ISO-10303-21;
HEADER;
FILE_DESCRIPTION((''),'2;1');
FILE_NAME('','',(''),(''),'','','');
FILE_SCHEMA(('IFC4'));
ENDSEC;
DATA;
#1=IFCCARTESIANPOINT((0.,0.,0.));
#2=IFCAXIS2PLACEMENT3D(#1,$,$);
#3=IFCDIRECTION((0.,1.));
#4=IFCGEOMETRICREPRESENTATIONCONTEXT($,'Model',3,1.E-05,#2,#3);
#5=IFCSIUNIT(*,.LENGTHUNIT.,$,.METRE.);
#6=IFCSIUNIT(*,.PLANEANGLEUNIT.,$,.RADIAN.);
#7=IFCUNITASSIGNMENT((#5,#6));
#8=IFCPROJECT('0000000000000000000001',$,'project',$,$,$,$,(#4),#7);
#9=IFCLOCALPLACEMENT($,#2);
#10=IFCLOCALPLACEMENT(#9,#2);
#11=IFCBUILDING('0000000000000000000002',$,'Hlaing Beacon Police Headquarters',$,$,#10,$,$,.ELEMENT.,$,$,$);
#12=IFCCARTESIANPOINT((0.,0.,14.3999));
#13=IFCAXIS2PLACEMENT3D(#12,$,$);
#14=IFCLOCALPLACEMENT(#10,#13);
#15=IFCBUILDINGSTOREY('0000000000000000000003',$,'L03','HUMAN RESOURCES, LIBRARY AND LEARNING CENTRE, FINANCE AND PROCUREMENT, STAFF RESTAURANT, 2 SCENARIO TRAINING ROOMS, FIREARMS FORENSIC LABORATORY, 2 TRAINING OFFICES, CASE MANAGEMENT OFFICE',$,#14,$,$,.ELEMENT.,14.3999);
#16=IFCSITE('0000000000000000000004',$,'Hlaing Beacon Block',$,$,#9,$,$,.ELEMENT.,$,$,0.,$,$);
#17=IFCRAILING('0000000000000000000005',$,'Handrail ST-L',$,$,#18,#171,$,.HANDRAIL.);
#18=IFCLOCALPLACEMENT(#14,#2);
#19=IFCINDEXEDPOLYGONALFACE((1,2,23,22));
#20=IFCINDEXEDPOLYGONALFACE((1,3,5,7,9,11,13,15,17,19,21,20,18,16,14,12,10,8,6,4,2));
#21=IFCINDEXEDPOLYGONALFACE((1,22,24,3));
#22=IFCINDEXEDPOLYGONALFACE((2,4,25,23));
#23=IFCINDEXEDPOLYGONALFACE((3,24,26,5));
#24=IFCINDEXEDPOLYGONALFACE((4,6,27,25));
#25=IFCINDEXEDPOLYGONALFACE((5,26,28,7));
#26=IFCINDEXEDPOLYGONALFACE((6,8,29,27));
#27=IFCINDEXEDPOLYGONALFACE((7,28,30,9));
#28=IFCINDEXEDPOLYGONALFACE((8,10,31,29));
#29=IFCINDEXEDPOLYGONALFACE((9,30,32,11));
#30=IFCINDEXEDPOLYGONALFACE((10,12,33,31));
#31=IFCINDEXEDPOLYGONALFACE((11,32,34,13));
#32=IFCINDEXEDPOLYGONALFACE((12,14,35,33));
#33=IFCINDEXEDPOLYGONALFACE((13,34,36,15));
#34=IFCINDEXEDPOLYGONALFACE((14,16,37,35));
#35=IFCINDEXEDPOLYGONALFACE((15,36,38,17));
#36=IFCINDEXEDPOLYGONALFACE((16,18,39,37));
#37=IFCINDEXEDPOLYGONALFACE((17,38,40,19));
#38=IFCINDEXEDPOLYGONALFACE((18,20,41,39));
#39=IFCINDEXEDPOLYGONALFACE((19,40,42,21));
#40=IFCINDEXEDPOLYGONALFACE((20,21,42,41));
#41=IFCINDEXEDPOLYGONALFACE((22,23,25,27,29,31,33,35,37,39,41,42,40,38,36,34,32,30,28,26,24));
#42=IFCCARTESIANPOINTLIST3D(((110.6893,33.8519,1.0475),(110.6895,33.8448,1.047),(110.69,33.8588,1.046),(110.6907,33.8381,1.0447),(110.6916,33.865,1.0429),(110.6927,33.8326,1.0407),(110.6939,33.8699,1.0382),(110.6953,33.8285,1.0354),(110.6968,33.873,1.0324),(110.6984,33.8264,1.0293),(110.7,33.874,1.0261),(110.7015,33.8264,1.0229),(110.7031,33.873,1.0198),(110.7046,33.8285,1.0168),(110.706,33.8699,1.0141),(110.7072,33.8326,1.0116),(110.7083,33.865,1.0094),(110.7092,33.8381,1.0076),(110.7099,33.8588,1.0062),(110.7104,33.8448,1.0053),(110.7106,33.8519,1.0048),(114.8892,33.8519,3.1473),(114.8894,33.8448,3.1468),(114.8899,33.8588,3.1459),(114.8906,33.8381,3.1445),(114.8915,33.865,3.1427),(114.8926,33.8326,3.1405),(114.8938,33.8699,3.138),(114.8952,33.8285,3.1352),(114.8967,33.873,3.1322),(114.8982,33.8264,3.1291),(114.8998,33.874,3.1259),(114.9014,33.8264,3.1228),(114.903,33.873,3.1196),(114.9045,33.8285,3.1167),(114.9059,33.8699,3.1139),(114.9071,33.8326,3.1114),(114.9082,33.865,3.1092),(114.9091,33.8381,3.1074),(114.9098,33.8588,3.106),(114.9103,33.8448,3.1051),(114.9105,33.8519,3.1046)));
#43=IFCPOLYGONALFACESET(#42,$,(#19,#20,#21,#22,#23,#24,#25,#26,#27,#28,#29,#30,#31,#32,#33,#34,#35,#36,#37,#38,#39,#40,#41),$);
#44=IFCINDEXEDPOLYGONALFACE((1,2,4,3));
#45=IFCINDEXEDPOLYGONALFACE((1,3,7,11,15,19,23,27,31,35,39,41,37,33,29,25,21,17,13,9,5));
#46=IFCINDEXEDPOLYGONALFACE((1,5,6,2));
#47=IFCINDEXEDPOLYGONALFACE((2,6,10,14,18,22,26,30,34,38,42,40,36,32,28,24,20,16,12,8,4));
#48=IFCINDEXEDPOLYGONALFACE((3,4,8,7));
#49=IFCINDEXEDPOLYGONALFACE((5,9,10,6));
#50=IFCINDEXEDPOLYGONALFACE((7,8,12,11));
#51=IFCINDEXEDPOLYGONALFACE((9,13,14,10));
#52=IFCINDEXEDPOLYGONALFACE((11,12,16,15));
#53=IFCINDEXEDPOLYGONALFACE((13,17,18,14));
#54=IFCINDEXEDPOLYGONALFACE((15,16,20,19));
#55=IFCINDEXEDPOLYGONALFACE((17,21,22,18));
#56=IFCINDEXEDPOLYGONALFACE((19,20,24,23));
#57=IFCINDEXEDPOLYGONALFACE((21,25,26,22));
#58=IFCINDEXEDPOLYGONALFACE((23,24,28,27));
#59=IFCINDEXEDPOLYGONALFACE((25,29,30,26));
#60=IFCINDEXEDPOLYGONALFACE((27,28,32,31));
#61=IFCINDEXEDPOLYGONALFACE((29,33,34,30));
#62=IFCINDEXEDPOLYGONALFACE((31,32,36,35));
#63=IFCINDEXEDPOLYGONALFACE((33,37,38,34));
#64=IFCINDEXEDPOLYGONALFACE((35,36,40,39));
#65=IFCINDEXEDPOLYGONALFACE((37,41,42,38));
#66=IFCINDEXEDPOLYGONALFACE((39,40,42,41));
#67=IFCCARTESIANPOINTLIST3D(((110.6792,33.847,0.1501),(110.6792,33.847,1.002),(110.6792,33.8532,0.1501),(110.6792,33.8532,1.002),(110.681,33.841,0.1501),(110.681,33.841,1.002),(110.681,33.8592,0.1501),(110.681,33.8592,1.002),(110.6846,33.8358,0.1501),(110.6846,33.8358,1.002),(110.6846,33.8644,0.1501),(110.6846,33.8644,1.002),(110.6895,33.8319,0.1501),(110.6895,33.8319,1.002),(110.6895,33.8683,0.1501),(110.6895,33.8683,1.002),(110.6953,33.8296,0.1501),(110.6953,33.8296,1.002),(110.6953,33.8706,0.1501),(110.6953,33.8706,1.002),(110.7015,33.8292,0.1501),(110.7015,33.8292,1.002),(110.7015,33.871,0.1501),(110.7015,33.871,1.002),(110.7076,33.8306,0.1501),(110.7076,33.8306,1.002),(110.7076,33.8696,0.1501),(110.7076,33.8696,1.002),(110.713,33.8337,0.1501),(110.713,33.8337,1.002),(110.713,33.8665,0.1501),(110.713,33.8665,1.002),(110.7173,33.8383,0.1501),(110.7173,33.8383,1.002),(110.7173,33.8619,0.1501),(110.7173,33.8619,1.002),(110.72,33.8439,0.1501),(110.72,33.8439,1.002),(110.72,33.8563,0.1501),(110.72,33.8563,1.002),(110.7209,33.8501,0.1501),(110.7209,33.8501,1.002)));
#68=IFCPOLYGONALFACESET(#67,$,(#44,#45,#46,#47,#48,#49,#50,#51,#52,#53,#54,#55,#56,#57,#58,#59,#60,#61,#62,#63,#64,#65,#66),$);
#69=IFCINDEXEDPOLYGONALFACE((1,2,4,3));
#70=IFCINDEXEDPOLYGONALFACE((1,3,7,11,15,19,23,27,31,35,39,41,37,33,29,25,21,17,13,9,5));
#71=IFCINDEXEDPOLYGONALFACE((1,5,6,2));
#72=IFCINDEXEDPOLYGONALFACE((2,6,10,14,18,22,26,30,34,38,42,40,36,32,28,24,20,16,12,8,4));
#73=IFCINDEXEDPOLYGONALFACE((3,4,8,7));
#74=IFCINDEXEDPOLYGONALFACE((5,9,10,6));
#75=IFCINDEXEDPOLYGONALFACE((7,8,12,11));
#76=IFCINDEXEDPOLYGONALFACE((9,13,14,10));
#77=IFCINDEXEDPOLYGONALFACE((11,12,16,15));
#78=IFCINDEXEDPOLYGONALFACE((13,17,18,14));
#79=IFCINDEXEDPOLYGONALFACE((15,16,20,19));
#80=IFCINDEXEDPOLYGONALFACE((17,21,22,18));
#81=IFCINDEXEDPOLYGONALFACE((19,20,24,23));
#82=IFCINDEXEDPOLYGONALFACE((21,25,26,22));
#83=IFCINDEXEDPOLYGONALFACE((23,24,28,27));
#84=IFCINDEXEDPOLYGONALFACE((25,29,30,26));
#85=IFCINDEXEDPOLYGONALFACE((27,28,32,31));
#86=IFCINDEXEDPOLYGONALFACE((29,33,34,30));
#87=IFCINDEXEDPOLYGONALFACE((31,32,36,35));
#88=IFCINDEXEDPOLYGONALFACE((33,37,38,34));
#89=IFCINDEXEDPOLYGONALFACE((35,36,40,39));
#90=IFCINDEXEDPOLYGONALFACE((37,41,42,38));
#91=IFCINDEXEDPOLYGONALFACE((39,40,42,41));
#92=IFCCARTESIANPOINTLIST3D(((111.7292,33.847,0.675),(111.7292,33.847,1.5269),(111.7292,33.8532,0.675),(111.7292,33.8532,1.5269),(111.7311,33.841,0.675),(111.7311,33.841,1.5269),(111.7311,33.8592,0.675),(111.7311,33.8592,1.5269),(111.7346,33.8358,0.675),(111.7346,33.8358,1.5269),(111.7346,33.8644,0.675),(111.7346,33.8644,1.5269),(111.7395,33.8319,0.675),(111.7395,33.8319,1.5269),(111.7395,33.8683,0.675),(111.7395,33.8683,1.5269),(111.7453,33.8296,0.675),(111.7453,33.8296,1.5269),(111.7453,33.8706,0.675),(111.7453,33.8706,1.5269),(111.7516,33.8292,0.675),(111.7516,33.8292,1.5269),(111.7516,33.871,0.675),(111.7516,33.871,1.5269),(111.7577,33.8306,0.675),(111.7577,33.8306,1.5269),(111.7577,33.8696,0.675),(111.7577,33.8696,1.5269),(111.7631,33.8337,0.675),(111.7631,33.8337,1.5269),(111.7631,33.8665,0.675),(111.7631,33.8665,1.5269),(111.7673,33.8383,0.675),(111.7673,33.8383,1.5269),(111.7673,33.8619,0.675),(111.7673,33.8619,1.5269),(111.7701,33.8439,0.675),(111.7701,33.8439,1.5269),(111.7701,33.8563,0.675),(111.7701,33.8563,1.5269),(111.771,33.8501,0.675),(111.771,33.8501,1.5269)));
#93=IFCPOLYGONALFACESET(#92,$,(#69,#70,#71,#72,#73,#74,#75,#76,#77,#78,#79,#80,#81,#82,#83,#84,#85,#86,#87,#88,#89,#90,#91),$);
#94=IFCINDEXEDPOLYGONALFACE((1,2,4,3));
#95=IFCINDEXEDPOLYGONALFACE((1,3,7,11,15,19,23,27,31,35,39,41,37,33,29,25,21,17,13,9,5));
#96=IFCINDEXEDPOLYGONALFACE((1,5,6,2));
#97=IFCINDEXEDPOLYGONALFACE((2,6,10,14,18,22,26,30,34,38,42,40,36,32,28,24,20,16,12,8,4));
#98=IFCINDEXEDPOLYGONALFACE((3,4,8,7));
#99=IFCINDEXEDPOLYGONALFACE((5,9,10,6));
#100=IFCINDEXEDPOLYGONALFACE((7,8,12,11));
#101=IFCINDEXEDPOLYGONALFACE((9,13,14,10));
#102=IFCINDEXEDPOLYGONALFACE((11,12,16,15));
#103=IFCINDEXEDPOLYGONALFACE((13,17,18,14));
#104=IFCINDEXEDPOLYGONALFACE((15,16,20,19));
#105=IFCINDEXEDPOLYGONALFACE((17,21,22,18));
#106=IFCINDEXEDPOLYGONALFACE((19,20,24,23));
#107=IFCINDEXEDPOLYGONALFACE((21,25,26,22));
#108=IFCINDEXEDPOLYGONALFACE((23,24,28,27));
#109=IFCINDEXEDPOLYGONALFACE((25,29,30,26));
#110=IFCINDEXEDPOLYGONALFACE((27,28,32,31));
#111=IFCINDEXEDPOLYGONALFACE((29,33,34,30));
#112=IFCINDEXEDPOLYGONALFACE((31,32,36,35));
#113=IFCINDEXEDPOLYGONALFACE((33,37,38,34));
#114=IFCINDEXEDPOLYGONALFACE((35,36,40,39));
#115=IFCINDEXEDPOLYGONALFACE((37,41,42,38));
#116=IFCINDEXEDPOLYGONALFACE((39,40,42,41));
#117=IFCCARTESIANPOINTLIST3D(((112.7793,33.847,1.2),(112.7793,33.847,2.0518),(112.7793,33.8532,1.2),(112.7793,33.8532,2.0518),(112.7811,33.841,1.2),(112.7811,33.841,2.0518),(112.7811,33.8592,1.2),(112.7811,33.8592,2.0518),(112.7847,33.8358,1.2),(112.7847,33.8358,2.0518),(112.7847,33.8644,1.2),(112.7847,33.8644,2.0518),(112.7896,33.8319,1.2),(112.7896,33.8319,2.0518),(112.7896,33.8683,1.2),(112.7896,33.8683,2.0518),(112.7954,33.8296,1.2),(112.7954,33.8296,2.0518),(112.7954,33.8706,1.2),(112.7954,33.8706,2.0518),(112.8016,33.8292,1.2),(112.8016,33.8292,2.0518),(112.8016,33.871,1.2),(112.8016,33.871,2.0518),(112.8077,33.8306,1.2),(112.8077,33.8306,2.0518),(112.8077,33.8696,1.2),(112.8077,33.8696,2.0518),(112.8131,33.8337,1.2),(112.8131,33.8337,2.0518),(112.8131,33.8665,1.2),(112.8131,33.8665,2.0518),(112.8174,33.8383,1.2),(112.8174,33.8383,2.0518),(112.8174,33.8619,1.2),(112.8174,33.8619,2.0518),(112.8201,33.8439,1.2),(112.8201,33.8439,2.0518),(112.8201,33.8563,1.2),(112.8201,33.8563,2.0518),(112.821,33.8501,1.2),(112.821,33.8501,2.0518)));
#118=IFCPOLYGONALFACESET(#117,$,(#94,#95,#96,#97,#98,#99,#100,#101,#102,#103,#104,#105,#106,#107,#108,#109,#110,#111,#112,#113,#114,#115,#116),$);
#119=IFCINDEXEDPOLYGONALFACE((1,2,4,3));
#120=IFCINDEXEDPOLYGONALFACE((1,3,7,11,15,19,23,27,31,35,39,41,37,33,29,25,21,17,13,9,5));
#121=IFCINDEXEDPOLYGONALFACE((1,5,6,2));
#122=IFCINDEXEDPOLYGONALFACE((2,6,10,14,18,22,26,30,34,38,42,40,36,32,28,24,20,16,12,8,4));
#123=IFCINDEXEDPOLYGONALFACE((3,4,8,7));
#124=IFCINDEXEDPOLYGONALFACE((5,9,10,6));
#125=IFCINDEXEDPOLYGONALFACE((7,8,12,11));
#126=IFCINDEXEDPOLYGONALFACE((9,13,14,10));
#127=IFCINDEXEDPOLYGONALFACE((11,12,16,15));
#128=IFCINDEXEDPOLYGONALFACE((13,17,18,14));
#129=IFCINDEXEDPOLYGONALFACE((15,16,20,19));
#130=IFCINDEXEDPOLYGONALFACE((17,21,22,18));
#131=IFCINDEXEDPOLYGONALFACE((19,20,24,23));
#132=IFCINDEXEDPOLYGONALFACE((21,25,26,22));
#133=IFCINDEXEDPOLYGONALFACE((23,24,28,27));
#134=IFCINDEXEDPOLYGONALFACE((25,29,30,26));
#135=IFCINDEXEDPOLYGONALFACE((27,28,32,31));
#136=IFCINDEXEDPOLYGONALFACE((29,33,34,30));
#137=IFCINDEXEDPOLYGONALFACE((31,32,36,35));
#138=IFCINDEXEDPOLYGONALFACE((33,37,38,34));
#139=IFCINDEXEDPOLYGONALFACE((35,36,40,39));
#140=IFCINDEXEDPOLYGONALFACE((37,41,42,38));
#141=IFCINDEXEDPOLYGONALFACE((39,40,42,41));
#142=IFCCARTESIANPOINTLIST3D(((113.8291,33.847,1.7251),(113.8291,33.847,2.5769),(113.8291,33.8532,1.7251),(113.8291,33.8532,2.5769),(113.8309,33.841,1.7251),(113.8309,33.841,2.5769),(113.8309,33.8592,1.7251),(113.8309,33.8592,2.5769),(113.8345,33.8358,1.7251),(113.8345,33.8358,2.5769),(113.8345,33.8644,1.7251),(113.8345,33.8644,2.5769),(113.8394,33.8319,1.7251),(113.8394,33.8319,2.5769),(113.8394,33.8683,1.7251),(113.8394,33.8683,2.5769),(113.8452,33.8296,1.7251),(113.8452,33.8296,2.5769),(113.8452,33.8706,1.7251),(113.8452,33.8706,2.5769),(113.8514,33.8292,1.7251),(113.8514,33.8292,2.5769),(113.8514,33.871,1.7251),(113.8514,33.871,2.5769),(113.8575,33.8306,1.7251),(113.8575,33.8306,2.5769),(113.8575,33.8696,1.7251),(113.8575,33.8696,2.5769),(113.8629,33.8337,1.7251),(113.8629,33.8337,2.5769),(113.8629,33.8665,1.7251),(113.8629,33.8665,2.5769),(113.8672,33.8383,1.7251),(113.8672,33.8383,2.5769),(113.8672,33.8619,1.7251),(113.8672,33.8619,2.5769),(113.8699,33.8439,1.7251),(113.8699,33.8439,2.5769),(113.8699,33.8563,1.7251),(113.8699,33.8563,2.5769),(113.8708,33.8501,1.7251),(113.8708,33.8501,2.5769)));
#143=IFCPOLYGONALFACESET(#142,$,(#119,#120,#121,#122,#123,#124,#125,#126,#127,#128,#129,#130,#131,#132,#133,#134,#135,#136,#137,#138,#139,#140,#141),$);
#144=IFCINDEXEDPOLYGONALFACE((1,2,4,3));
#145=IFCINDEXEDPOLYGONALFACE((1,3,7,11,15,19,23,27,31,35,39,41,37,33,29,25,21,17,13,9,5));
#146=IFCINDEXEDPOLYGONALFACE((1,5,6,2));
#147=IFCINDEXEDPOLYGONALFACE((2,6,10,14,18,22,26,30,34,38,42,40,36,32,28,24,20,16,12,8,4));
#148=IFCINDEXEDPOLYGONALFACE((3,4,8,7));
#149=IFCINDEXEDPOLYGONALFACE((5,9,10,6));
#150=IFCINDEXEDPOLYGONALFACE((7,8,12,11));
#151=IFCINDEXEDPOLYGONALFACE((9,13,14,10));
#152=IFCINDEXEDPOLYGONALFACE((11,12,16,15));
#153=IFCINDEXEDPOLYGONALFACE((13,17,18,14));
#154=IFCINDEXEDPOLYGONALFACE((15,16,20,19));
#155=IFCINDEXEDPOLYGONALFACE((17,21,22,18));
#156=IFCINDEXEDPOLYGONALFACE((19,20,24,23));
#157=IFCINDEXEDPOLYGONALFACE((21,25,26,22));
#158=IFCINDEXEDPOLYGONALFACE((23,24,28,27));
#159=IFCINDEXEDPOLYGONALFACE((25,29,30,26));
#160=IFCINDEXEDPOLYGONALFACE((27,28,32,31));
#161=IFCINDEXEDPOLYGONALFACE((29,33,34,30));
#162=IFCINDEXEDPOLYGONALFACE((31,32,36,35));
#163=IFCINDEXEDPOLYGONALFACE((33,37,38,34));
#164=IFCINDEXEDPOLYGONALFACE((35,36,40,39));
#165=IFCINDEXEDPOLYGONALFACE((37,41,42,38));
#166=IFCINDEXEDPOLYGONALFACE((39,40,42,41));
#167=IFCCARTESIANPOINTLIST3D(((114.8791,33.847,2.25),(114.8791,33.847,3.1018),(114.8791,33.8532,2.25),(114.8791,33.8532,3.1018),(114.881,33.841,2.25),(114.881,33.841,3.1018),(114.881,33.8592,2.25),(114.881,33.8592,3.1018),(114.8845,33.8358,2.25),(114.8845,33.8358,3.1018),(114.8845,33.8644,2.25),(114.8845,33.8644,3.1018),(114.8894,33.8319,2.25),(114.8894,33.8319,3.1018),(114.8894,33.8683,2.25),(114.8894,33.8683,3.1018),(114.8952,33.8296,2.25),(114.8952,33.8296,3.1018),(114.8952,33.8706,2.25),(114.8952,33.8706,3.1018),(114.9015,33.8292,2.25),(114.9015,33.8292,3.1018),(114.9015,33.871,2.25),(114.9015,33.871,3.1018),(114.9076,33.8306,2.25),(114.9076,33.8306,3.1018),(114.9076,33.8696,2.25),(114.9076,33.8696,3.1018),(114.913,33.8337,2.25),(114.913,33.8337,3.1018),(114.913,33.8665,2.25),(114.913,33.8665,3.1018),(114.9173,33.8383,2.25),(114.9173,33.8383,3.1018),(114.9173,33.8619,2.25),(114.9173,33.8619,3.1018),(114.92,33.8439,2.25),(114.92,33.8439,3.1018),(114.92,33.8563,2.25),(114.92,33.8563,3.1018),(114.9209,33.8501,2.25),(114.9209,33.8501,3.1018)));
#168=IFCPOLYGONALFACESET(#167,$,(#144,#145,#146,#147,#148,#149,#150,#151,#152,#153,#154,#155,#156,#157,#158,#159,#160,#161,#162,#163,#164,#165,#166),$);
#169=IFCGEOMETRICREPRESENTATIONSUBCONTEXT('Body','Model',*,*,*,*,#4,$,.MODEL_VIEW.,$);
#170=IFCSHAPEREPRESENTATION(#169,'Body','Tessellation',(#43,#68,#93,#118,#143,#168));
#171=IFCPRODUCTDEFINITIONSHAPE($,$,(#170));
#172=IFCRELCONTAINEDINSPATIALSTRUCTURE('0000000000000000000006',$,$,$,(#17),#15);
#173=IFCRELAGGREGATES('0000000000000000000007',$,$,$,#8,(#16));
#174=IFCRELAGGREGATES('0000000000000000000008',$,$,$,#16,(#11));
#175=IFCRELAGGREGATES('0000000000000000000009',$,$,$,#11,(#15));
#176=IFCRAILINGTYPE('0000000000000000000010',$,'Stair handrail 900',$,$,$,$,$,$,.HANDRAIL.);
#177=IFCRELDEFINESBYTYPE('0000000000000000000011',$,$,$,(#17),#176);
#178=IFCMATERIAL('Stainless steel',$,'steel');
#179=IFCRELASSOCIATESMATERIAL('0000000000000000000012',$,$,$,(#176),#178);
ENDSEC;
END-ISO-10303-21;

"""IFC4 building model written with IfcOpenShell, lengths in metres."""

from ifc_helpers import new_model, si_unit, direction, frame, origin, origin_2d, place, context, subcontext, project, spatial, circle, extrude, material, type_object, element, save


model = new_model("IFC4")

# Units and contexts
model_context = context("Model", 3, precision=1e-05, world=origin(), true_north=direction((0.0, 1.0)))
body_context = subcontext(model_context, "Body", "Model", "MODEL_VIEW")
ifc_project = project(units=[si_unit("LENGTHUNIT", "METRE"), si_unit("PLANEANGLEUNIT", "RADIAN")], contexts=[model_context])

# Site, building, storey
site_placement = place(None, origin())
site = spatial("IfcSite", under=ifc_project, at=site_placement, Name="Hlaing Beacon Block", CompositionType="ELEMENT", RefElevation=0.0)
building_placement = place(site_placement, origin())
building = spatial("IfcBuilding", under=site, at=building_placement, Name="Hlaing Beacon Police Headquarters", CompositionType="ELEMENT")
storey_placement = place(building_placement, frame((0.0, 0.0, 14.3999)))
storey = spatial("IfcBuildingStorey", under=building, at=storey_placement, Name="L03", Description="HUMAN RESOURCES, LIBRARY AND LEARNING CENTRE, FINANCE AND PROCUREMENT, STAFF RESTAURANT, 2 SCENARIO TRAINING ROOMS, FIREARMS FORENSIC LABORATORY, 2 TRAINING OFFICES, CASE MANAGEMENT OFFICE", CompositionType="ELEMENT", Elevation=14.3999)

# Railing
ifc_material_1 = material(Name="Stainless steel", Category="steel")
railing_type_1 = type_object("IfcRailingType", Name="Stair handrail 900", PredefinedType="HANDRAIL", material=ifc_material_1)
for number, where, name in (
    (1, (110.7, 33.8501, 0.1501), "Handrail ST-L"),
):
    element("IfcRailing", number, at=place(storey_placement, frame(where)), inside=storey, type_object=railing_type_1, Name=name, PredefinedType="HANDRAIL", context=body_context, shape_type="SweptSolid", body=[
        extrude(circle(Radius=0.0239, at=origin_2d()), frame((0.0, 0.0, 0.876), z_axis=(0.894438, 0.0, 0.447193), x_axis=(0.0, 1.0, 0.0)), (0.0, 0.0, 1.0), 4.6956),
        extrude(circle(Radius=0.021, at=origin_2d()), origin(), (0.0, 0.0, 1.0), 0.8518),
        extrude(circle(Radius=0.021, at=origin_2d()), frame((1.05, 0.0, 0.5249)), (0.0, 0.0, 1.0), 0.8518),
        extrude(circle(Radius=0.021, at=origin_2d()), frame((2.1001, 0.0, 1.0498)), (0.0, 0.0, 1.0), 0.8518),
        extrude(circle(Radius=0.021, at=origin_2d()), frame((3.1499, 0.0, 1.575)), (0.0, 0.0, 1.0), 0.8518),
        extrude(circle(Radius=0.021, at=origin_2d()), frame((4.2, 0.0, 2.0999)), (0.0, 0.0, 1.0), 0.8518),
    ])

save(model, "model.ifc")
